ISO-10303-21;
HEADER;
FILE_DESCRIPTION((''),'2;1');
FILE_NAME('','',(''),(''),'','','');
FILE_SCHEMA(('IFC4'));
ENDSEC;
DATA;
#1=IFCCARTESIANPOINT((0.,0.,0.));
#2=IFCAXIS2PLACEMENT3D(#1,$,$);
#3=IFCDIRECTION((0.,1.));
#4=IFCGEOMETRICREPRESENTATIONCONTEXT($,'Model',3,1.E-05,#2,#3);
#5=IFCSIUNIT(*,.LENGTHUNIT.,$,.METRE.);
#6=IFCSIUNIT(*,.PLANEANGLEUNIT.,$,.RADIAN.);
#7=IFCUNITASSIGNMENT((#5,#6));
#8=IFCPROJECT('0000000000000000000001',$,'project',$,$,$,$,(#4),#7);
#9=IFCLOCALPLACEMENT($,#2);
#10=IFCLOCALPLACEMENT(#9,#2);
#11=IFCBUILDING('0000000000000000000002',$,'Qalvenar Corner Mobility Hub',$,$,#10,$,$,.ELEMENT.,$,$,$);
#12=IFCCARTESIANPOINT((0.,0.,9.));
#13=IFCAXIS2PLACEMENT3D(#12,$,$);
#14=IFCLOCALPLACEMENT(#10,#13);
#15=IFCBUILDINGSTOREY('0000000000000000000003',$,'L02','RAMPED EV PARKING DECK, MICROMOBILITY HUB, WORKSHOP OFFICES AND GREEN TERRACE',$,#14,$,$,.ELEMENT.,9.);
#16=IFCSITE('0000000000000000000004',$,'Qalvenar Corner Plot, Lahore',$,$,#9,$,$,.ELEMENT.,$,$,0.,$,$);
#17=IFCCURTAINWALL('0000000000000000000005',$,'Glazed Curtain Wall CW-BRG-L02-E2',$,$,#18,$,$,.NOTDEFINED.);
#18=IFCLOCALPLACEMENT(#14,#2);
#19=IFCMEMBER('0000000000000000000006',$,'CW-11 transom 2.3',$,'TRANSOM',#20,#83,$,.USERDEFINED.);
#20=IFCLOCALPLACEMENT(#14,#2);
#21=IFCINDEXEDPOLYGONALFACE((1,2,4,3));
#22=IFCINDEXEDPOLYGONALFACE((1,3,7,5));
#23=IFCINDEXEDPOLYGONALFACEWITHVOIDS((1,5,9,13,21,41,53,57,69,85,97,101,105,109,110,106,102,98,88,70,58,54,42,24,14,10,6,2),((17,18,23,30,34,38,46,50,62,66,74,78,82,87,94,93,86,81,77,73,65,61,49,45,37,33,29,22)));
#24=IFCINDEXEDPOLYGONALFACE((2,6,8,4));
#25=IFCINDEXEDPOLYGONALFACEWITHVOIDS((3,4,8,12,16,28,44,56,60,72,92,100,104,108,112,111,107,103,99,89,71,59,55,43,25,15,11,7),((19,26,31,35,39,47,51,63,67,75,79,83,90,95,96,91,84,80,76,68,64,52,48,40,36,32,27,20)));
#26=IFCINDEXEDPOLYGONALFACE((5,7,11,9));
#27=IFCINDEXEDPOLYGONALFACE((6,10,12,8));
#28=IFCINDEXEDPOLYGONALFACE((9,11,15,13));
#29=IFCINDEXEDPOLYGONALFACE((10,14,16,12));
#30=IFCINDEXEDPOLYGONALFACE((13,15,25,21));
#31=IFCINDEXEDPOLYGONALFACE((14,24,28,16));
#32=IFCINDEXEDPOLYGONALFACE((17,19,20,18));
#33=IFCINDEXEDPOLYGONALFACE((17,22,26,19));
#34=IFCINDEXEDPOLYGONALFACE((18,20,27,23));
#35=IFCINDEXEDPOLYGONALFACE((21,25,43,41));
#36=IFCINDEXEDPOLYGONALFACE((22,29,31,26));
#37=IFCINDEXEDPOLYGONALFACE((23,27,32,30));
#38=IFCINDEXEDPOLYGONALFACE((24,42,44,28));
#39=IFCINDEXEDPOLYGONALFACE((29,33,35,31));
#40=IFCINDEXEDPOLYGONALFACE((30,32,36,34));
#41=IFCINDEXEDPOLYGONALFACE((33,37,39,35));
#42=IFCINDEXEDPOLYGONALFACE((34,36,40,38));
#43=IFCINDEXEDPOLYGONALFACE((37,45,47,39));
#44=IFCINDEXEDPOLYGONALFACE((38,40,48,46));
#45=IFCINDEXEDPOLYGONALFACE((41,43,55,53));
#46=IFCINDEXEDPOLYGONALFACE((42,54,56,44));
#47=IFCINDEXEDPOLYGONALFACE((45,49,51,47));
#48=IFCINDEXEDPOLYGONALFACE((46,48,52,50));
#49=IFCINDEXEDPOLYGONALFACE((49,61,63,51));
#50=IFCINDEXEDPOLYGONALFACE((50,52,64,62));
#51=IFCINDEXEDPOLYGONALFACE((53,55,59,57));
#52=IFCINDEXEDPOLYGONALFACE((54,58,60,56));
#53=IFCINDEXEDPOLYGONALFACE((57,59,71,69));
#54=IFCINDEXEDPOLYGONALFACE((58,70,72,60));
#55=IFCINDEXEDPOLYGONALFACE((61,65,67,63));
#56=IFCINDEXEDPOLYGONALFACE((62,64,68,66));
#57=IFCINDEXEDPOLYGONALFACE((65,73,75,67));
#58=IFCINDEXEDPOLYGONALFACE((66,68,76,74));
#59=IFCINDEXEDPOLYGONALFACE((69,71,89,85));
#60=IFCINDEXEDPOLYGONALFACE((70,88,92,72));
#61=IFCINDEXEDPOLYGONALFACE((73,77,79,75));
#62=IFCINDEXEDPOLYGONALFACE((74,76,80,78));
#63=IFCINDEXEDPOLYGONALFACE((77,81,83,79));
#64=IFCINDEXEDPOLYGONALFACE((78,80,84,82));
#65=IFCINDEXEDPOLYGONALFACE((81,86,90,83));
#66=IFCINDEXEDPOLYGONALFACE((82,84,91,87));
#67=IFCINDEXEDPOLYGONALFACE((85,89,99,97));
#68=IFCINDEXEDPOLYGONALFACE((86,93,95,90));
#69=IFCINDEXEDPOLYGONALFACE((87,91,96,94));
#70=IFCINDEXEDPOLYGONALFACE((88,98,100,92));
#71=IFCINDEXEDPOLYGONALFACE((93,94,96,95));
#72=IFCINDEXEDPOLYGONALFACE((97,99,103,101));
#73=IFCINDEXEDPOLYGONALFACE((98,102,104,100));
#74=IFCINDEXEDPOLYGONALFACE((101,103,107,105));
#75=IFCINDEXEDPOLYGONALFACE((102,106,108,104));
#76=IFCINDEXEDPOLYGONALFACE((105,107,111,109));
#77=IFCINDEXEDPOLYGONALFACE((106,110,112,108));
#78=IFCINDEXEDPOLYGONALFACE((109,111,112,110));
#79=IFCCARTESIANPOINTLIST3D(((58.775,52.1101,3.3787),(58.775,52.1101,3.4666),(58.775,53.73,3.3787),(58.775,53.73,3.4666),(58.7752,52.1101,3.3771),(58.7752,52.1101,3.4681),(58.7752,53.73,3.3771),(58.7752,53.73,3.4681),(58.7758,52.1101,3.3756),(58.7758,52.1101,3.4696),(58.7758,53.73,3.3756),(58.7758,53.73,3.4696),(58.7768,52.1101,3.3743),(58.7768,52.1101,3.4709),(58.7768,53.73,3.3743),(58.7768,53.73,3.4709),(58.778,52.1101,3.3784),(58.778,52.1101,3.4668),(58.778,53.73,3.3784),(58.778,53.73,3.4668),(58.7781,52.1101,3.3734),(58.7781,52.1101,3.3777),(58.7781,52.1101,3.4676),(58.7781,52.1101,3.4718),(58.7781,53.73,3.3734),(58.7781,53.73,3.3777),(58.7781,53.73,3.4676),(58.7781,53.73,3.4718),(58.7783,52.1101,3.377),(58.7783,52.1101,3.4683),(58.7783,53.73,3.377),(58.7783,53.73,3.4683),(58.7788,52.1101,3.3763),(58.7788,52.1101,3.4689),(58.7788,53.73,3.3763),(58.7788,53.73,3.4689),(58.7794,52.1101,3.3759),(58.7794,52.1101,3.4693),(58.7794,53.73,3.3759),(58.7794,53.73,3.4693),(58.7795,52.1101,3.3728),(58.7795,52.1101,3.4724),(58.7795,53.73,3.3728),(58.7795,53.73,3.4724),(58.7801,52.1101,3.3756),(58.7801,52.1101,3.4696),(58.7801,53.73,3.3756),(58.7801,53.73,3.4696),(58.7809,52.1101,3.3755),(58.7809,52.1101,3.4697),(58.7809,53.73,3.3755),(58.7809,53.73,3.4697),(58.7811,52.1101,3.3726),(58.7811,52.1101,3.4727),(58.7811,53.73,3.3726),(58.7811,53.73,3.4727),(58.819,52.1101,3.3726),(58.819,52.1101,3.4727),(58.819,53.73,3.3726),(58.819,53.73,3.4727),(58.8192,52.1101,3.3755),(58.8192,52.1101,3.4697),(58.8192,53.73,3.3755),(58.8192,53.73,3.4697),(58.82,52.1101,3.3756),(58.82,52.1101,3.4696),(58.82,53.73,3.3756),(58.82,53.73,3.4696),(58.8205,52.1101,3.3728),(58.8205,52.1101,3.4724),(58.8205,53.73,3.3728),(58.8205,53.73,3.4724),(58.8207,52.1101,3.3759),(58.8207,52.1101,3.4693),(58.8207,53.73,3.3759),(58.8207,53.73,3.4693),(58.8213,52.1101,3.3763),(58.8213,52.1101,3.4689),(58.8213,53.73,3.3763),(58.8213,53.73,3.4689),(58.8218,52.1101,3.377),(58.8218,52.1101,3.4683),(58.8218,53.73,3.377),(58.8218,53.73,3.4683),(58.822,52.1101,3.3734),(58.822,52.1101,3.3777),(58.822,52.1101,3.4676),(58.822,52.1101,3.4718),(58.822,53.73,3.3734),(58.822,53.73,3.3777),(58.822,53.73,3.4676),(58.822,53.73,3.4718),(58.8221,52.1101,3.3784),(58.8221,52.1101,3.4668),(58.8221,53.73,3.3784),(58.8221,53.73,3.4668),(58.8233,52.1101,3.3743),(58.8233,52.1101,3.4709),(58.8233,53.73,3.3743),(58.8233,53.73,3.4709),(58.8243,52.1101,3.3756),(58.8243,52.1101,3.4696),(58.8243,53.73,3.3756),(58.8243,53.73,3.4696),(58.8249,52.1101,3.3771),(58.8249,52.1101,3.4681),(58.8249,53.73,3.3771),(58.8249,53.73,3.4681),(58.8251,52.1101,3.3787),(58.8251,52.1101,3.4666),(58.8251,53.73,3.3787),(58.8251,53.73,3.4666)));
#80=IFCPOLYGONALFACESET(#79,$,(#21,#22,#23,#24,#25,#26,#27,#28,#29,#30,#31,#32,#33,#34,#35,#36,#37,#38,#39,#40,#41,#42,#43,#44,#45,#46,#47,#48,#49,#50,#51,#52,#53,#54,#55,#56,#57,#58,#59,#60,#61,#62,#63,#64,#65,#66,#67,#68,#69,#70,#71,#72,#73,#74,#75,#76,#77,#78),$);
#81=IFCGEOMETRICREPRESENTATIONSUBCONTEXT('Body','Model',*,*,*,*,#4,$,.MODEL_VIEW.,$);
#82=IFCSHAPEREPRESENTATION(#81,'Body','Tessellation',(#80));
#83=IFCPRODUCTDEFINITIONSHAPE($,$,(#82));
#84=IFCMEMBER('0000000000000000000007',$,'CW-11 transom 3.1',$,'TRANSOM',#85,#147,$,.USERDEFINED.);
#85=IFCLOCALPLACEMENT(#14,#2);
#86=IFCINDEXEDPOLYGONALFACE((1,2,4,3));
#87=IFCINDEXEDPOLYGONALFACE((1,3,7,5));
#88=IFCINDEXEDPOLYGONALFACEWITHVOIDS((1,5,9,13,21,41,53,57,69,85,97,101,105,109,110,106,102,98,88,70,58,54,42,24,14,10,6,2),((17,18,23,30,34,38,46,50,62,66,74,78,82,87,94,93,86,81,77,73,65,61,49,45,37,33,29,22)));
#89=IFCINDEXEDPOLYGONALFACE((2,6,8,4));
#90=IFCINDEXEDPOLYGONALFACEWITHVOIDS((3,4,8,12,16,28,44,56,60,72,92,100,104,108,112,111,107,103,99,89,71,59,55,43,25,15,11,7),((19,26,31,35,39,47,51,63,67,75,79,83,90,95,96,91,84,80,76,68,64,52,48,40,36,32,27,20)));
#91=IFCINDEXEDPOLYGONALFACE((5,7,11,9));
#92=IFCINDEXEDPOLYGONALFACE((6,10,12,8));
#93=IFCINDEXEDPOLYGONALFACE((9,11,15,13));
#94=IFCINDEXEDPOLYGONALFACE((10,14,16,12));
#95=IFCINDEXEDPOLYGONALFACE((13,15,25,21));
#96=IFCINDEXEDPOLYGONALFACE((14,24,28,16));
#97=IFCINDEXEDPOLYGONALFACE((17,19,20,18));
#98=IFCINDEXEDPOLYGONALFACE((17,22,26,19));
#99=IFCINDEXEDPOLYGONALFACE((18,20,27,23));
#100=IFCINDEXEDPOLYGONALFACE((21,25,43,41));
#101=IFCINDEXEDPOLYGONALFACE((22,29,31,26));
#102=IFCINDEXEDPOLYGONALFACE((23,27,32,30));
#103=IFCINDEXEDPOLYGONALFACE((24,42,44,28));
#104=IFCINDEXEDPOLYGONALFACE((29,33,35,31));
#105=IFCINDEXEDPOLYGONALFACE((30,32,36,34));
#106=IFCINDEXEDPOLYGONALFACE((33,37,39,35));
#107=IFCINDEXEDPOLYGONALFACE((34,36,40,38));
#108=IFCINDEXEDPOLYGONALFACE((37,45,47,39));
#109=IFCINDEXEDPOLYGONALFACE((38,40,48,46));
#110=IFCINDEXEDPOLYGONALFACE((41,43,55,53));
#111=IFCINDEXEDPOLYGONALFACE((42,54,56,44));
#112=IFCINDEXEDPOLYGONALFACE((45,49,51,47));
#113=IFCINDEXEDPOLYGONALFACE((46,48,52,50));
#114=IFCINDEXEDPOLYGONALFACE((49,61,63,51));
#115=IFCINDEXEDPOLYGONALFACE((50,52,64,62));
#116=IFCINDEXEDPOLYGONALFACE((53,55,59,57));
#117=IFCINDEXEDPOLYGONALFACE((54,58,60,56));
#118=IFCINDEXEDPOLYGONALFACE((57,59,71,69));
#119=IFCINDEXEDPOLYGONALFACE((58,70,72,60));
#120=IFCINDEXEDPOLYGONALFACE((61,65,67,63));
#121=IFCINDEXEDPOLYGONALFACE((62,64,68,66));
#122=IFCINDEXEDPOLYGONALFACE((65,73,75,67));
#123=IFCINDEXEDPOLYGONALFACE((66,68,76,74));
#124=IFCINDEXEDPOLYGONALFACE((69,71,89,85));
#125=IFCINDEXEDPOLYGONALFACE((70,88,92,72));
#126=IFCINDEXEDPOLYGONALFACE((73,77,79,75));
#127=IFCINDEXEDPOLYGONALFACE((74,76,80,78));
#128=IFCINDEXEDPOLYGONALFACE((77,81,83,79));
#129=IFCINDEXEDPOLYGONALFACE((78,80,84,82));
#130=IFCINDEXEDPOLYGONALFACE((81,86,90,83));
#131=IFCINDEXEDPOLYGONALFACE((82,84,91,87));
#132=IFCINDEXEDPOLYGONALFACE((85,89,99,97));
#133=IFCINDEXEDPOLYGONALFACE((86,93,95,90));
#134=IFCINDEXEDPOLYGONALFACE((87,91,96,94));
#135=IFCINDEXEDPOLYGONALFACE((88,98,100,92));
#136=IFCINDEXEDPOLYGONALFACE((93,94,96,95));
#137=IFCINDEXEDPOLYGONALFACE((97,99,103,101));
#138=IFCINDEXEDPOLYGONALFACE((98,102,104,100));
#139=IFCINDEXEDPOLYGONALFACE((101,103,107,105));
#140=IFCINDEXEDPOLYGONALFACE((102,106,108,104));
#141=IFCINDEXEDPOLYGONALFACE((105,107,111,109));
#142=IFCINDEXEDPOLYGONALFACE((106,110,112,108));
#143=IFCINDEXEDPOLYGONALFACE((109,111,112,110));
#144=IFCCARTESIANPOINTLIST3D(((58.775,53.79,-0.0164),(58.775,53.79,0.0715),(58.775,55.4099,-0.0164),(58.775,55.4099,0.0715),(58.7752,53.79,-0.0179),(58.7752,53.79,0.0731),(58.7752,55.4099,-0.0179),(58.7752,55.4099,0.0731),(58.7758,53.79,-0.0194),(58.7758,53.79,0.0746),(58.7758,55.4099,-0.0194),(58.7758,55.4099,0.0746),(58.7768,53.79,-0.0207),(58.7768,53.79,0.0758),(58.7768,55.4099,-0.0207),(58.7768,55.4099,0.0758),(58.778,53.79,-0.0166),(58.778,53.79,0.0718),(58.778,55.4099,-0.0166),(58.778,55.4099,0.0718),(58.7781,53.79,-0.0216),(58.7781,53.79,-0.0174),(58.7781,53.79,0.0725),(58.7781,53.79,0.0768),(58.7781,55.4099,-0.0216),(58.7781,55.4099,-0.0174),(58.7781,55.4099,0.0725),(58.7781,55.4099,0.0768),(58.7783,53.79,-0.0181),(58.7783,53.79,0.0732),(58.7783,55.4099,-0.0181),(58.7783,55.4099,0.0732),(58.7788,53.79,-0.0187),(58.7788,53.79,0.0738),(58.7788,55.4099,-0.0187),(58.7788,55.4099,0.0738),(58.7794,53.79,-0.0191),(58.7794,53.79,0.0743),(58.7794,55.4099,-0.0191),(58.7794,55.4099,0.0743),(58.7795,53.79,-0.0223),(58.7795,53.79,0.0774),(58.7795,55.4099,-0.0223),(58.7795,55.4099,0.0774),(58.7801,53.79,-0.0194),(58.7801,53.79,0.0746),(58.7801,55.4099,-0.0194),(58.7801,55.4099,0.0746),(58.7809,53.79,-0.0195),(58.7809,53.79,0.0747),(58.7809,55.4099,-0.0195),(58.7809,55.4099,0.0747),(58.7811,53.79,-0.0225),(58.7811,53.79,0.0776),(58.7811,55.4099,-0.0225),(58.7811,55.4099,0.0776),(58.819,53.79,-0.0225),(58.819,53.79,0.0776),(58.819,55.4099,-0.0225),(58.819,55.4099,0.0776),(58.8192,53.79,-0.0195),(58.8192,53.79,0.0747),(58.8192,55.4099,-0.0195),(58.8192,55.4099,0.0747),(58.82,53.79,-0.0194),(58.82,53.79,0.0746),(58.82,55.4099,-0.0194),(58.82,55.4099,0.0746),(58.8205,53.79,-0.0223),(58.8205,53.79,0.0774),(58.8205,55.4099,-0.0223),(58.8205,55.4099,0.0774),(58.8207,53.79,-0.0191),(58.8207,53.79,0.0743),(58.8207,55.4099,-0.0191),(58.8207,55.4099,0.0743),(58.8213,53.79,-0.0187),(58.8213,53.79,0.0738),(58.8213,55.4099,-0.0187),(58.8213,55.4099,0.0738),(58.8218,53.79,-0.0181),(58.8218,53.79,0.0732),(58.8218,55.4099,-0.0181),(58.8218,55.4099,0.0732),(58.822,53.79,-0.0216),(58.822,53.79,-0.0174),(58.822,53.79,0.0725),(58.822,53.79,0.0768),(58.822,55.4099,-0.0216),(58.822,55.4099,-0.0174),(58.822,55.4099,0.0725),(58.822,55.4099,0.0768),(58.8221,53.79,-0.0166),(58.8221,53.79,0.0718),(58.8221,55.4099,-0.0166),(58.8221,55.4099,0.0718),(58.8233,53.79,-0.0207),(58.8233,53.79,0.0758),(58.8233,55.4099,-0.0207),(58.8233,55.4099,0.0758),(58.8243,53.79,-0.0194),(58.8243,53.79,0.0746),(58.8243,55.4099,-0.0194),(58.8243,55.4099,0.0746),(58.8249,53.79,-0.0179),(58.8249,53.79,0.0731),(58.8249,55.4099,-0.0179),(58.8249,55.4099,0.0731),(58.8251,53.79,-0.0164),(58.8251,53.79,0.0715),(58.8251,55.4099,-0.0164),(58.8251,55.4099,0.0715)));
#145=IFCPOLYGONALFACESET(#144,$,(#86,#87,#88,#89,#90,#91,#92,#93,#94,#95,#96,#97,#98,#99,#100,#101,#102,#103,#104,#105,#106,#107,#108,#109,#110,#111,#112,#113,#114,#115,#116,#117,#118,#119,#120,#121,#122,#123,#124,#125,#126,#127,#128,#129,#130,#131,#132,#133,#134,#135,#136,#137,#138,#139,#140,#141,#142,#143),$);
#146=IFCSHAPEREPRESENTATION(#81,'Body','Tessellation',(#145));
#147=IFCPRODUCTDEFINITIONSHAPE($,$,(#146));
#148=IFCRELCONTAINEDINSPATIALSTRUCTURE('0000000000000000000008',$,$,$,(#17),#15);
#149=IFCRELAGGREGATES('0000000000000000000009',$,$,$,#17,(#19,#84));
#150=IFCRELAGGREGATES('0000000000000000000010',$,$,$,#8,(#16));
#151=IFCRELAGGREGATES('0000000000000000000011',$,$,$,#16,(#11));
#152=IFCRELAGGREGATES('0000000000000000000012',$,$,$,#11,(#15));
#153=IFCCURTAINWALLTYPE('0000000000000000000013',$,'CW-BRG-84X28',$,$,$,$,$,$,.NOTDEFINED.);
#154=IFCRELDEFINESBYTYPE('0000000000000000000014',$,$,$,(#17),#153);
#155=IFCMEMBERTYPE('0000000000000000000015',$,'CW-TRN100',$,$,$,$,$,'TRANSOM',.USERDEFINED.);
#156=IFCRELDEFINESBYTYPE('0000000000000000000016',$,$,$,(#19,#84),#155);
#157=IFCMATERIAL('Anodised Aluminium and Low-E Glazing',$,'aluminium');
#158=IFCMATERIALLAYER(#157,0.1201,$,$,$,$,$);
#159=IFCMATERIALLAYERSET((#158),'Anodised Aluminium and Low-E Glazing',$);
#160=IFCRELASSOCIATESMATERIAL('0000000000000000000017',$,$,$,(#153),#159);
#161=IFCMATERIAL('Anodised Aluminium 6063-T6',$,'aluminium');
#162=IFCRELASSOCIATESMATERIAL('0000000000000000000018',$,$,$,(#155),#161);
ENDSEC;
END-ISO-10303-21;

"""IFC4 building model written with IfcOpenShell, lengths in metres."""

from ifc_helpers import new_model, si_unit, direction, frame, origin, origin_2d, place, context, subcontext, project, spatial, hollow_rectangle, extrude, material, layer, layer_set, material_profile, profile_set, type_object, element, aggregate, save


model = new_model("IFC4")

# Units and contexts
model_context = context("Model", 3, precision=1e-05, world=origin(), true_north=direction((0.0, 1.0)))
body_context = subcontext(model_context, "Body", "Model", "MODEL_VIEW")
ifc_project = project(units=[si_unit("LENGTHUNIT", "METRE"), si_unit("PLANEANGLEUNIT", "RADIAN")], contexts=[model_context])

# Site, building, storey
site_placement = place(None, origin())
site = spatial("IfcSite", under=ifc_project, at=site_placement, Name="Qalvenar Corner Plot, Lahore", CompositionType="ELEMENT", RefElevation=0.0)
building_placement = place(site_placement, origin())
building = spatial("IfcBuilding", under=site, at=building_placement, Name="Qalvenar Corner Mobility Hub", CompositionType="ELEMENT")
storey_placement = place(building_placement, frame((0.0, 0.0, 9.0)))
storey = spatial("IfcBuildingStorey", under=building, at=storey_placement, Name="L02", Description="RAMPED EV PARKING DECK, MICROMOBILITY HUB, WORKSHOP OFFICES AND GREEN TERRACE", CompositionType="ELEMENT", Elevation=9.0)

# Curtain wall, members
ifc_material_1 = material(Name="Anodised Aluminium and Low-E Glazing", Category="aluminium")
ifc_layer_1 = layer(ifc_material_1, 0.1201)
ifc_layer_set_1 = layer_set([ifc_layer_1], Name="Anodised Aluminium and Low-E Glazing")
curtain_wall_type = type_object("IfcCurtainWallType", Name="CW-BRG-84X28", PredefinedType="NOTDEFINED", material=ifc_layer_set_1)
curtain_wall_placement = place(storey_placement, origin())
curtain_wall = element("IfcCurtainWall", 1, at=curtain_wall_placement, inside=storey, type_object=curtain_wall_type, Name="Glazed Curtain Wall CW-BRG-L02-E2", PredefinedType="NOTDEFINED")
ifc_material_2 = material(Name="Anodised Aluminium 6063-T6", Category="aluminium")
ifc_material_profile_1 = material_profile(ifc_material_2, hollow_rectangle(XDim=0.05, YDim=0.1001, WallThickness=0.0029, InnerFilletRadius=0.0029, OuterFilletRadius=0.0061, at=origin_2d()), Name="RHS100x50x3")
ifc_profile_set_1 = profile_set([ifc_material_profile_1], Name="Anodised Aluminium 6063-T6")
member_type_1 = type_object("IfcMemberType", Name="CW-TRN100", ElementType="TRANSOM", PredefinedType="USERDEFINED", material=ifc_profile_set_1)
member_1_placement = place(storey_placement, frame((58.8, 52.1101, 3.4226), z_axis=(0.0, 1.0, 0.0), x_axis=(-1.0, 0.0, 0.0)))
member_1 = element("IfcMember", 2, at=member_1_placement, type_object=member_type_1, Name="CW-11 transom 2.3", ObjectType="TRANSOM", PredefinedType="USERDEFINED", context=body_context, shape_type="SweptSolid", body=[
    extrude(hollow_rectangle(XDim=0.05, YDim=0.1001, WallThickness=0.0029, InnerFilletRadius=0.0029, OuterFilletRadius=0.0061, at=origin_2d()), origin(), (0.0, 0.0, 1.0), 1.6199),
])
member_2_placement = place(storey_placement, frame((58.8, 53.79, 0.0276), z_axis=(0.0, 1.0, 0.0), x_axis=(-1.0, 0.0, 0.0)))
member_2 = element("IfcMember", 3, at=member_2_placement, type_object=member_type_1, Name="CW-11 transom 3.1", ObjectType="TRANSOM", PredefinedType="USERDEFINED", context=body_context, shape_type="SweptSolid", body=[
    extrude(hollow_rectangle(XDim=0.05, YDim=0.1001, WallThickness=0.0029, InnerFilletRadius=0.0029, OuterFilletRadius=0.0061, at=origin_2d()), origin(), (0.0, 0.0, 1.0), 1.6199),
])
aggregate(curtain_wall, [member_1, member_2])

save(model, "model.ifc")
